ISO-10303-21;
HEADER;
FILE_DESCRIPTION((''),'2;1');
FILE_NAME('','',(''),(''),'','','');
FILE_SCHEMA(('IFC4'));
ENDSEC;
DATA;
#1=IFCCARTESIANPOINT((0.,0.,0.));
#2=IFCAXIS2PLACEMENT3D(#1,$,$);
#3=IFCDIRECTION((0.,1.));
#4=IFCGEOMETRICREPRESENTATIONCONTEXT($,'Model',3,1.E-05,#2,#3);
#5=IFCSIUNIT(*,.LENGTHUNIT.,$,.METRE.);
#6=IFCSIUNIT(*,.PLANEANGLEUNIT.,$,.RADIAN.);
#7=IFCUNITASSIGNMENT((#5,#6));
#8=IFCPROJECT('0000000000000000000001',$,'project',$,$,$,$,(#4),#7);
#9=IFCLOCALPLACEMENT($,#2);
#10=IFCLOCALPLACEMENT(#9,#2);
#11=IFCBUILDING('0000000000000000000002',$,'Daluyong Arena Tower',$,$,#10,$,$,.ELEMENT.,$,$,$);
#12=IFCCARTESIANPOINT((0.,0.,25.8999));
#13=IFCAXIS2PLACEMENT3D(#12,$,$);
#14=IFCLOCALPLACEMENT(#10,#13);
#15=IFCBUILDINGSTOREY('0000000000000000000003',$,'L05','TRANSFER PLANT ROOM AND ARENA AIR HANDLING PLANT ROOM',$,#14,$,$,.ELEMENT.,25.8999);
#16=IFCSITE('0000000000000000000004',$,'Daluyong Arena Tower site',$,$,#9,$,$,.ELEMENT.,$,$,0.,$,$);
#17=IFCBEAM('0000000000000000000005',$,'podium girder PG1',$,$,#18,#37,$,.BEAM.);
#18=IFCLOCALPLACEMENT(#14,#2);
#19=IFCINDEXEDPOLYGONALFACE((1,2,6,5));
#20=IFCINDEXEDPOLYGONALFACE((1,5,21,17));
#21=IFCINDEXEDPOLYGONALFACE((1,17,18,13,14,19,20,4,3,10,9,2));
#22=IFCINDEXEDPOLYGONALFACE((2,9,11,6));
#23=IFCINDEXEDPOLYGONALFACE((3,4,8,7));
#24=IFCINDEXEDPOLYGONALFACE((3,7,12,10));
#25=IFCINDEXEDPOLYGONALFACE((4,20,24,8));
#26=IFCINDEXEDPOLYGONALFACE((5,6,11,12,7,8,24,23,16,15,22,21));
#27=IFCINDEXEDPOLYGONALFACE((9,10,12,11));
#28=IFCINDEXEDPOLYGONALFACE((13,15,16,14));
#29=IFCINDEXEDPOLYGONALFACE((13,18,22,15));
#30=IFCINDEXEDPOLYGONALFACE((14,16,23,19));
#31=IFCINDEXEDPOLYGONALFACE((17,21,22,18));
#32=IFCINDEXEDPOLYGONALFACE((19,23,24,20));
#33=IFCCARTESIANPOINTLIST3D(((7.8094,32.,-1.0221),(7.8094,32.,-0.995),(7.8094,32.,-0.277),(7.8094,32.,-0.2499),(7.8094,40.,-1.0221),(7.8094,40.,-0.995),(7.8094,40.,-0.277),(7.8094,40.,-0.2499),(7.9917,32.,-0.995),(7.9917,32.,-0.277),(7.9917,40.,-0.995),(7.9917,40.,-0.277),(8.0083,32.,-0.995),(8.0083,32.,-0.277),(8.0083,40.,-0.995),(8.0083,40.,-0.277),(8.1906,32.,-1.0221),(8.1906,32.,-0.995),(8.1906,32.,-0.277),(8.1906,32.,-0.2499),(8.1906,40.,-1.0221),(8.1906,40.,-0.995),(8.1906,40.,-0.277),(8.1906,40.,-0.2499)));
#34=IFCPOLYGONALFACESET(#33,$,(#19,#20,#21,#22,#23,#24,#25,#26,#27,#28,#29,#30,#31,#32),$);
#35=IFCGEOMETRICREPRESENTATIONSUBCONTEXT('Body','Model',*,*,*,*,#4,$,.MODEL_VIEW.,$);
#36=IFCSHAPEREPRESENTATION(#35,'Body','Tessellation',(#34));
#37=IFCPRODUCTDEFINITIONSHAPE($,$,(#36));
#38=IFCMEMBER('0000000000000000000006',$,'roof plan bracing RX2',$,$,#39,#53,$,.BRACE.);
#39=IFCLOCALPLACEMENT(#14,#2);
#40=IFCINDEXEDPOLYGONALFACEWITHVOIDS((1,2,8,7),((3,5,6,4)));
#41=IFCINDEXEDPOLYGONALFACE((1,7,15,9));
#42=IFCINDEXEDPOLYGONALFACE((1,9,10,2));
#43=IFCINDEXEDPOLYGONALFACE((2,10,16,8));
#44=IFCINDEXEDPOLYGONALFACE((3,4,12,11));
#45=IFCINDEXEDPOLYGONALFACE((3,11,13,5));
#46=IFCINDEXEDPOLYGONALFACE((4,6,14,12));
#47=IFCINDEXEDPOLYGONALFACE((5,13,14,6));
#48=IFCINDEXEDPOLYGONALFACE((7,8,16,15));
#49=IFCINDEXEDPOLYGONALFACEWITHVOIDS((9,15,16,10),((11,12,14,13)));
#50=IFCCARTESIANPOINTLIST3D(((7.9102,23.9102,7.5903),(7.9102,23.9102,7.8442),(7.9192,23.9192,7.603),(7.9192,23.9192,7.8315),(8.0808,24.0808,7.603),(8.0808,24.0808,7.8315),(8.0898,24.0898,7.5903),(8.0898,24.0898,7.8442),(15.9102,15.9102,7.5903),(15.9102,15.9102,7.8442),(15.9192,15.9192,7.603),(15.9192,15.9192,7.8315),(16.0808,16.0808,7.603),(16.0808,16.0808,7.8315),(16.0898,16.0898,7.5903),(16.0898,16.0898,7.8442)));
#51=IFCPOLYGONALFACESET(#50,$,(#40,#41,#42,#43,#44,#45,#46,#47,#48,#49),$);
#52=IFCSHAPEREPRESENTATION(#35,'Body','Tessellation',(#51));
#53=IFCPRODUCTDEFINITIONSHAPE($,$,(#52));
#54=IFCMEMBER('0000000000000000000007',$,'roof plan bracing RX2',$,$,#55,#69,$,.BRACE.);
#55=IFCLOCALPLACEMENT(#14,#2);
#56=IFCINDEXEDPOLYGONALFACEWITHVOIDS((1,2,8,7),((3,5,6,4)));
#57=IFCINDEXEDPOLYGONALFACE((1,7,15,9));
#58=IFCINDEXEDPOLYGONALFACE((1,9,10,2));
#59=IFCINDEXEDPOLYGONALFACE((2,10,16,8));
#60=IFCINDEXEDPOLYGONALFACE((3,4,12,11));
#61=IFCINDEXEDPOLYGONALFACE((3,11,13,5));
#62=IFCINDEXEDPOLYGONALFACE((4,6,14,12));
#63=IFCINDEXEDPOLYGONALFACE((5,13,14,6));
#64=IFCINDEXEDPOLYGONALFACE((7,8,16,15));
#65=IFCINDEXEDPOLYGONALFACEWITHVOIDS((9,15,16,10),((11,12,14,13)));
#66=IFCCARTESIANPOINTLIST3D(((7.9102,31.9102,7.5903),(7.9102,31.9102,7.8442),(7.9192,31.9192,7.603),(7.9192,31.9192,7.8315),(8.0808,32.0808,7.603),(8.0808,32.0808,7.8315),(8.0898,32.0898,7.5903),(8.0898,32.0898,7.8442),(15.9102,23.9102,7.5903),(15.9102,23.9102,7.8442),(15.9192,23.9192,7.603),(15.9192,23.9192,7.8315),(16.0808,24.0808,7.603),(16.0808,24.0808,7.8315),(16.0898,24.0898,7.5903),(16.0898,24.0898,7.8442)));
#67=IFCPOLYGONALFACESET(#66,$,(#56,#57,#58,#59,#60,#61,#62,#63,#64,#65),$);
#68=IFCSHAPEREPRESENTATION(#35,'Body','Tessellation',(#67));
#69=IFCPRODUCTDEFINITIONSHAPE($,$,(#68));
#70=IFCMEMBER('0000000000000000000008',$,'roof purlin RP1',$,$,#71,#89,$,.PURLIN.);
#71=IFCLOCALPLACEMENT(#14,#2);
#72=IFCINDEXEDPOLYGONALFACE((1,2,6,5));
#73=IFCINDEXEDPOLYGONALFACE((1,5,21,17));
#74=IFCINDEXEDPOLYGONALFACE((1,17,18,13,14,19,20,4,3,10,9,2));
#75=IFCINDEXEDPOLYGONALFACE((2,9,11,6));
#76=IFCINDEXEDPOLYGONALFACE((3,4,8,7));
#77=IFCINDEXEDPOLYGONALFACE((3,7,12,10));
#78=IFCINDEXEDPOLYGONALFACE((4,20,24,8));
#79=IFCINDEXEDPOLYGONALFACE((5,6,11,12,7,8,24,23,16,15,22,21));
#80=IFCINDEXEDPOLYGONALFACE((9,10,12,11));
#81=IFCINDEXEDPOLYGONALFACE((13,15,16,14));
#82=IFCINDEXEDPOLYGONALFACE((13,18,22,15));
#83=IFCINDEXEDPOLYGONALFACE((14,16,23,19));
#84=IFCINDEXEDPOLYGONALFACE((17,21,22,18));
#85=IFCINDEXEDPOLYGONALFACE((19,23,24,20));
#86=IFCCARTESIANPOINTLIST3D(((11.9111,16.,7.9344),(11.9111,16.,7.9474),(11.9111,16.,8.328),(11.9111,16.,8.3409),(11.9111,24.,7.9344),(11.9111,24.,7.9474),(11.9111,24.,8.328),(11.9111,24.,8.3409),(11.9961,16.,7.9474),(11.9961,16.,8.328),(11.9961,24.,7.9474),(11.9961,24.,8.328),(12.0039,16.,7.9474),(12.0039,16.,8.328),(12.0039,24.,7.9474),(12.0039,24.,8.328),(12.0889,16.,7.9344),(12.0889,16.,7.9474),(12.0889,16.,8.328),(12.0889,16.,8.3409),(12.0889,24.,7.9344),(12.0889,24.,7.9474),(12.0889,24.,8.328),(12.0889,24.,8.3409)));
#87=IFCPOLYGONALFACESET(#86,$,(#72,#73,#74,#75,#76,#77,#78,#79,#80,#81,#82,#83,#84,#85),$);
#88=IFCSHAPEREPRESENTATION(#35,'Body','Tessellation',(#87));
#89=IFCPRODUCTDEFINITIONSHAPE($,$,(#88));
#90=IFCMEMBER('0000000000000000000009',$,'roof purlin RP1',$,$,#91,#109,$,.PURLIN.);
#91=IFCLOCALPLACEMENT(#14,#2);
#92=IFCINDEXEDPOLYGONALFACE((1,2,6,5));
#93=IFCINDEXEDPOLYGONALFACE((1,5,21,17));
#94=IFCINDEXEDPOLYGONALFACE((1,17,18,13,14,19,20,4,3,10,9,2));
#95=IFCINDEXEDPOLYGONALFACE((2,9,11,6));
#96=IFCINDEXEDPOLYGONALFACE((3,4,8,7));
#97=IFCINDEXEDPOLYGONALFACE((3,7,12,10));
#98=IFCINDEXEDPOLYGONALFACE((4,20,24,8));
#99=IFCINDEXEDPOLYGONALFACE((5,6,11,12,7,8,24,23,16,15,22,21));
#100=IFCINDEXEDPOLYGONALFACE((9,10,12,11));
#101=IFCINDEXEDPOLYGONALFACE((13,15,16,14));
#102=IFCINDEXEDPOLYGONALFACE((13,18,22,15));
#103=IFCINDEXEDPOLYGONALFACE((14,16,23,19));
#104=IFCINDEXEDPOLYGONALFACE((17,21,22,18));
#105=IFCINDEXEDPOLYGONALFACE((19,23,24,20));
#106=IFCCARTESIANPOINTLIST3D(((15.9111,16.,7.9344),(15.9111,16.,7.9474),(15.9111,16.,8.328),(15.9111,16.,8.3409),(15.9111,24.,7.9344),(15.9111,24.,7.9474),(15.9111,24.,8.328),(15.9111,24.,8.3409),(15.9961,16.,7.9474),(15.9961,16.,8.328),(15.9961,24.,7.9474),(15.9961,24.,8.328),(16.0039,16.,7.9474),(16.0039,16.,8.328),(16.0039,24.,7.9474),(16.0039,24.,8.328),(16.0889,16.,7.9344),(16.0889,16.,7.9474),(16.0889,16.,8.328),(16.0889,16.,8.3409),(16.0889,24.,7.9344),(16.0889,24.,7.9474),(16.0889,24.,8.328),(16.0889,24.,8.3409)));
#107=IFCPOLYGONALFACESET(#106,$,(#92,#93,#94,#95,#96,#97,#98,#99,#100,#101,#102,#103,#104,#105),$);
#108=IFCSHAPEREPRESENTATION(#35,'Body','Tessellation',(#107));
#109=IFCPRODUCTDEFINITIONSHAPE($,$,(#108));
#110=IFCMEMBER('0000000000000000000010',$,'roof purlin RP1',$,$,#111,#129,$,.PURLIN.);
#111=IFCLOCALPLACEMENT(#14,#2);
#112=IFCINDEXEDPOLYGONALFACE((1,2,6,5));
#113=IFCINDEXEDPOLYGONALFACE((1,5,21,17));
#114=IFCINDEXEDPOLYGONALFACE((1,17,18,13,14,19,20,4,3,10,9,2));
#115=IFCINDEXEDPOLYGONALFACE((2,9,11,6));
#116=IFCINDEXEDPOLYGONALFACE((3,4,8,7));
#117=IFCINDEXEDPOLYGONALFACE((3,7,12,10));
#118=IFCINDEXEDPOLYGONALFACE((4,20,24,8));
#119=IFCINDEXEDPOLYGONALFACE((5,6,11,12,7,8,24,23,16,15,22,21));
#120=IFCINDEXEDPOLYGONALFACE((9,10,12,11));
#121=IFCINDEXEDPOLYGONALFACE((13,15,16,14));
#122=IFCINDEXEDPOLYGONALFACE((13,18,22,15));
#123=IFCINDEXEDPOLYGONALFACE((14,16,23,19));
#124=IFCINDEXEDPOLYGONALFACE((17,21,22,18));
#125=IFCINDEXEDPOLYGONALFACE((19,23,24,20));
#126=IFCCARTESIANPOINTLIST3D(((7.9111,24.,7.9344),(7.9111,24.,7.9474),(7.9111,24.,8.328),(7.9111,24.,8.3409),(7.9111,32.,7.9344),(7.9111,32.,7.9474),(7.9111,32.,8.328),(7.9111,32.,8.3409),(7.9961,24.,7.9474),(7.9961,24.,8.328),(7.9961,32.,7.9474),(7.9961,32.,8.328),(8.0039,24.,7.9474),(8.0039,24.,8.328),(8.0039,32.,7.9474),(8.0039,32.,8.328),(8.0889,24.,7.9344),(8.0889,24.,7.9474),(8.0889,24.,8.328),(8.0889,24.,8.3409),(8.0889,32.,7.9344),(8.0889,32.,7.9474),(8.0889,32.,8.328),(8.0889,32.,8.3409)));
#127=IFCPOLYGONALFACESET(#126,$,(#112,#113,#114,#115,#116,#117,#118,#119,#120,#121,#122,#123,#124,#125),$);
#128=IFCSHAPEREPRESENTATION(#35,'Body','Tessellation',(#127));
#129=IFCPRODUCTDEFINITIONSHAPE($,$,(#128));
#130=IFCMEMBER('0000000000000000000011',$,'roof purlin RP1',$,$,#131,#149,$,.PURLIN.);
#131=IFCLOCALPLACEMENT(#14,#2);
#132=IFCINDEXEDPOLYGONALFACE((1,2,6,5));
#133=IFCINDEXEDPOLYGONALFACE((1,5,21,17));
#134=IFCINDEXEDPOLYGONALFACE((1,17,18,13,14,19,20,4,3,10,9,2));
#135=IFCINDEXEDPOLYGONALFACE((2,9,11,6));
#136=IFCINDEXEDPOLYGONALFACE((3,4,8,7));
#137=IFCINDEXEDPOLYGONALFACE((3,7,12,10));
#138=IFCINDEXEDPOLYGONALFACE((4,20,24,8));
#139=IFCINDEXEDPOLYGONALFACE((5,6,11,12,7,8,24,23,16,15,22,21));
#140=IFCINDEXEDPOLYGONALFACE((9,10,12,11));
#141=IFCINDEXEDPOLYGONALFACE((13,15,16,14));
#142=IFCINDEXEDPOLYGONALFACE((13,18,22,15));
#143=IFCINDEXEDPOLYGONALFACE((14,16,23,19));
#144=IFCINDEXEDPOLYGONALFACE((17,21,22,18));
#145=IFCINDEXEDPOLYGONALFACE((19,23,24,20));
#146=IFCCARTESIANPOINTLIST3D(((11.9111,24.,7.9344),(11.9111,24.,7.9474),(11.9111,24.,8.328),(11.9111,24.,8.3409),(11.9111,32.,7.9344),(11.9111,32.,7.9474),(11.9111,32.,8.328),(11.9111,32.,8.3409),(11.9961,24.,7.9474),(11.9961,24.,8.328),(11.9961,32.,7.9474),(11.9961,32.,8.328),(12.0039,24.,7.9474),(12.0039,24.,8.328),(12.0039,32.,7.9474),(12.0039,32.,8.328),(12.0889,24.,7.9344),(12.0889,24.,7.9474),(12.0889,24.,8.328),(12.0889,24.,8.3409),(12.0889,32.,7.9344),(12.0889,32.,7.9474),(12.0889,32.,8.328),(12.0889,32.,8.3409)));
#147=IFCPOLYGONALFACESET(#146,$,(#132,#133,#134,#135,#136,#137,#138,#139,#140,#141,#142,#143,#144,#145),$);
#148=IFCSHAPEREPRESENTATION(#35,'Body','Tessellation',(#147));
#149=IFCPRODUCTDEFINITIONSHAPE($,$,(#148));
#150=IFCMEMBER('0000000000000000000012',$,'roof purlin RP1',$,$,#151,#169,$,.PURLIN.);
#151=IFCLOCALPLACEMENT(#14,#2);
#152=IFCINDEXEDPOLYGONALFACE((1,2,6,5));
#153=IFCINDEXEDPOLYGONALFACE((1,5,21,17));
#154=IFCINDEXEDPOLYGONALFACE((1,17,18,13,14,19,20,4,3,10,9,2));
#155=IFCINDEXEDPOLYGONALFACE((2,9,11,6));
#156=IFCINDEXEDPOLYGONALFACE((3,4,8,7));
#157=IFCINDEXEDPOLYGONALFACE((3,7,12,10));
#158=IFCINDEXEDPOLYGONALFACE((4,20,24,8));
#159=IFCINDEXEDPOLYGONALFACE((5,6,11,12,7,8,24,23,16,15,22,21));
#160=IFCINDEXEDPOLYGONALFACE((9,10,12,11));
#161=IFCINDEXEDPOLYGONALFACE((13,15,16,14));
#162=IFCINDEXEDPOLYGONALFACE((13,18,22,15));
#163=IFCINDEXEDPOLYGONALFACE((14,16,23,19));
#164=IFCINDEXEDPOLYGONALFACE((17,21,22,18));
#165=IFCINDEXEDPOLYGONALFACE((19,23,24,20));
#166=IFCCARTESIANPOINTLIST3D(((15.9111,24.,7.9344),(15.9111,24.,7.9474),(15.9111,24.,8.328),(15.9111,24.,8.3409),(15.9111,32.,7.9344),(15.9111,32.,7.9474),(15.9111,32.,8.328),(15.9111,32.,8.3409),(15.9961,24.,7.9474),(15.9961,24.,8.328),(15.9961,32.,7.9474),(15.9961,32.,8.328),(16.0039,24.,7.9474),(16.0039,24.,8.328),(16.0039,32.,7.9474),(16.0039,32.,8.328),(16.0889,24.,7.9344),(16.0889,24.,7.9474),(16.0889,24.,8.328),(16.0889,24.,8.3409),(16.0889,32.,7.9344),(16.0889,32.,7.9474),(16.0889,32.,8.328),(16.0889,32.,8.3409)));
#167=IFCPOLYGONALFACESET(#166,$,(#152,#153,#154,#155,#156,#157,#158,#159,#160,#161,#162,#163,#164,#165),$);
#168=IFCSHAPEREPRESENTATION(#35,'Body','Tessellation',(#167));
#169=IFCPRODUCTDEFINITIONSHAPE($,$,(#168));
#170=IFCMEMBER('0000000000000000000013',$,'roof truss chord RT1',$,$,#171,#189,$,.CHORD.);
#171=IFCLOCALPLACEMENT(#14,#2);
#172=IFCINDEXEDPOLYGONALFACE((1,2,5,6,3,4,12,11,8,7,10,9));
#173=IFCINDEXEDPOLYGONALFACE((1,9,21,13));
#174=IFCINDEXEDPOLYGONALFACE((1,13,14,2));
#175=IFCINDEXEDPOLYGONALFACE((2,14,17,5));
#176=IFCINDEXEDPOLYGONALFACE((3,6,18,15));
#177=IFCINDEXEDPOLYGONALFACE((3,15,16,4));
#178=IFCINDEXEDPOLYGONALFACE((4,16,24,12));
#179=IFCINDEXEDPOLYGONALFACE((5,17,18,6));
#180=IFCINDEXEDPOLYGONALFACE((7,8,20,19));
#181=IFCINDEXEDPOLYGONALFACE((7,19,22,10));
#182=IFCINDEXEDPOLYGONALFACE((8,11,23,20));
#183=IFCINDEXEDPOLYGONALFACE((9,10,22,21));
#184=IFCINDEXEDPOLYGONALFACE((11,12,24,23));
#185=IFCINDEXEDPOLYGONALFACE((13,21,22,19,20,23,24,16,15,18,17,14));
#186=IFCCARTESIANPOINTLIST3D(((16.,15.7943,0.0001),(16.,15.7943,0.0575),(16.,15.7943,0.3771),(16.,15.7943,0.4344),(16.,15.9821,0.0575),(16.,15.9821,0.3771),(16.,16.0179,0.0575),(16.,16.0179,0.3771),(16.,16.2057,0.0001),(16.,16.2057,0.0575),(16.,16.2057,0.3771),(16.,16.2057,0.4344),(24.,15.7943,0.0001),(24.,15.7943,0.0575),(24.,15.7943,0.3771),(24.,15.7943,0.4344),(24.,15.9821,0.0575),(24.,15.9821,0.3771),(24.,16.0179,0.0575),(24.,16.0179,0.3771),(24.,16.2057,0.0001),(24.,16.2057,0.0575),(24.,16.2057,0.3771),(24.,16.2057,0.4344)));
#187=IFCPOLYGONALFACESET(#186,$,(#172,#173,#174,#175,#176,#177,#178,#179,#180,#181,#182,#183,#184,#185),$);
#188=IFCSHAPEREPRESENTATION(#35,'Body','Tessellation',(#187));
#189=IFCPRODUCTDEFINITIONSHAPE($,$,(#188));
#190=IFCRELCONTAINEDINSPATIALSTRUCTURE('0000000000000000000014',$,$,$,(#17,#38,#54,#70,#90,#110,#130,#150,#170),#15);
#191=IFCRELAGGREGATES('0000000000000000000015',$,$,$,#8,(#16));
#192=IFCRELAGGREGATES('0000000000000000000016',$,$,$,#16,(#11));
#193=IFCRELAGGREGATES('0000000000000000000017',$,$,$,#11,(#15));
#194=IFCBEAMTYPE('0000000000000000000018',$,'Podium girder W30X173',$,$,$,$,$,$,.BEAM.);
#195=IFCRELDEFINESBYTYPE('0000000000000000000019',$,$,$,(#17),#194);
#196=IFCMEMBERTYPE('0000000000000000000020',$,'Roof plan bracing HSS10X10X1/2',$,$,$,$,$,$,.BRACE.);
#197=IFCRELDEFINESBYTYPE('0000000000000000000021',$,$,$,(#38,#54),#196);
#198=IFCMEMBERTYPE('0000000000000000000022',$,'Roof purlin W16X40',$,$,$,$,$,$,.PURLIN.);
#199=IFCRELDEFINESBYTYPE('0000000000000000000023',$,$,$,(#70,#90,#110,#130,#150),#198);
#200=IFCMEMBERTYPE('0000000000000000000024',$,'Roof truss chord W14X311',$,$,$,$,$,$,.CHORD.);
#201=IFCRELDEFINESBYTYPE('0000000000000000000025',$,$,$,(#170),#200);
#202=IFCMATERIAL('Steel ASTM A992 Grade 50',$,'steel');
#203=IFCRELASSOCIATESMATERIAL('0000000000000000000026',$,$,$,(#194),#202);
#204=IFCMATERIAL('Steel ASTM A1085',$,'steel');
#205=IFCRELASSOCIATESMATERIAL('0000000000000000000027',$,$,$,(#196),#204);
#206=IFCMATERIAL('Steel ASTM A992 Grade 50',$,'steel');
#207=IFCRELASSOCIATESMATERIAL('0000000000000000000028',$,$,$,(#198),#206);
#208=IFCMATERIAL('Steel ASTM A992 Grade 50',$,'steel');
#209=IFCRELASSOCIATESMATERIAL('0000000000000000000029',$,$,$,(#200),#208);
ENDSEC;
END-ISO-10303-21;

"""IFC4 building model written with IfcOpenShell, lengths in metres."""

from ifc_helpers import new_model, si_unit, direction, frame, origin, origin_2d, place, context, subcontext, project, spatial, hollow_rectangle, i_section, extrude, material, material_profile, profile_set, type_object, element, save


model = new_model("IFC4")

# Units and contexts
model_context = context("Model", 3, precision=1e-05, world=origin(), true_north=direction((0.0, 1.0)))
body_context = subcontext(model_context, "Body", "Model", "MODEL_VIEW")
ifc_project = project(units=[si_unit("LENGTHUNIT", "METRE"), si_unit("PLANEANGLEUNIT", "RADIAN")], contexts=[model_context])

# Site, building, storey
site_placement = place(None, origin())
site = spatial("IfcSite", under=ifc_project, at=site_placement, Name="Daluyong Arena Tower site", CompositionType="ELEMENT", RefElevation=0.0)
building_placement = place(site_placement, origin())
building = spatial("IfcBuilding", under=site, at=building_placement, Name="Daluyong Arena Tower", CompositionType="ELEMENT")
storey_placement = place(building_placement, frame((0.0, 0.0, 25.8999)))
storey = spatial("IfcBuildingStorey", under=building, at=storey_placement, Name="L05", Description="TRANSFER PLANT ROOM AND ARENA AIR HANDLING PLANT ROOM", CompositionType="ELEMENT", Elevation=25.8999)

# Beam
ifc_material_1 = material(Name="Steel ASTM A992 Grade 50", Category="steel")
ifc_material_profile_1 = material_profile(ifc_material_1, i_section(OverallWidth=0.3811, OverallDepth=0.7722, WebThickness=0.0166, FlangeThickness=0.0271, at=origin_2d()))
ifc_profile_set_1 = profile_set([ifc_material_profile_1], Name="Steel ASTM A992 Grade 50")
beam_type = type_object("IfcBeamType", Name="Podium girder W30X173", PredefinedType="BEAM", material=ifc_profile_set_1)
beam_placement = place(storey_placement, frame((8.0, 32.0, -0.636), z_axis=(0.0, 1.0, 0.0), x_axis=(-1.0, 0.0, 0.0)))
element("IfcBeam", 1, at=beam_placement, inside=storey, type_object=beam_type, Name="podium girder PG1", PredefinedType="BEAM", context=body_context, shape_type="SweptSolid", body=[
    extrude(i_section(OverallWidth=0.3811, OverallDepth=0.7722, WebThickness=0.0166, FlangeThickness=0.0271, at=origin_2d()), origin(), (0.0, 0.0, 1.0), 8.0),
])

# Members
ifc_material_2 = material(Name="Steel ASTM A1085", Category="steel")
ifc_material_profile_2 = material_profile(ifc_material_2, hollow_rectangle(XDim=0.2539, YDim=0.2539, WallThickness=0.0127, at=origin_2d()))
ifc_profile_set_2 = profile_set([ifc_material_profile_2], Name="Steel ASTM A1085")
member_type_1 = type_object("IfcMemberType", Name="Roof plan bracing HSS10X10X1/2", PredefinedType="BRACE", material=ifc_profile_set_2)
for number, where, z_axis, x_axis, name in (
    (2, (16.0, 16.0, 7.7173), (-0.707107, 0.707107, 0.0), (-0.707107, -0.707107, 0.0), "roof plan bracing RX2"),
    (3, (16.0, 24.0, 7.7173), (-0.707107, 0.707107, 0.0), (-0.707107, -0.707107, 0.0), "roof plan bracing RX2"),
):
    element("IfcMember", number, at=place(storey_placement, frame(where, z_axis=z_axis, x_axis=x_axis)), inside=storey, type_object=member_type_1, Name=name, PredefinedType="BRACE", context=body_context, shape_type="SweptSolid", body=[
        extrude(hollow_rectangle(XDim=0.2539, YDim=0.2539, WallThickness=0.0127, at=origin_2d()), origin(), (0.0, 0.0, 1.0), 11.3137),
    ])
ifc_material_3 = material(Name="Steel ASTM A992 Grade 50", Category="steel")
ifc_material_profile_3 = material_profile(ifc_material_3, i_section(OverallWidth=0.1777, OverallDepth=0.4065, WebThickness=0.0078, FlangeThickness=0.0129, at=origin_2d()))
ifc_profile_set_3 = profile_set([ifc_material_profile_3], Name="Steel ASTM A992 Grade 50")
member_type_2 = type_object("IfcMemberType", Name="Roof purlin W16X40", PredefinedType="PURLIN", material=ifc_profile_set_3)
for number, where, z_axis, x_axis, name in (
    (4, (12.0, 16.0, 8.1377), (0.0, 1.0, 0.0), (-1.0, 0.0, 0.0), "roof purlin RP1"),
    (5, (16.0, 16.0, 8.1377), (0.0, 1.0, 0.0), (-1.0, 0.0, 0.0), "roof purlin RP1"),
    (6, (8.0, 24.0, 8.1377), (0.0, 1.0, 0.0), (-1.0, 0.0, 0.0), "roof purlin RP1"),
    (7, (12.0, 24.0, 8.1377), (0.0, 1.0, 0.0), (-1.0, 0.0, 0.0), "roof purlin RP1"),
    (8, (16.0, 24.0, 8.1377), (0.0, 1.0, 0.0), (-1.0, 0.0, 0.0), "roof purlin RP1"),
):
    element("IfcMember", number, at=place(storey_placement, frame(where, z_axis=z_axis, x_axis=x_axis)), inside=storey, type_object=member_type_2, Name=name, PredefinedType="PURLIN", context=body_context, shape_type="SweptSolid", body=[
        extrude(i_section(OverallWidth=0.1777, OverallDepth=0.4065, WebThickness=0.0078, FlangeThickness=0.0129, at=origin_2d()), origin(), (0.0, 0.0, 1.0), 8.0),
    ])
ifc_material_4 = material(Name="Steel ASTM A992 Grade 50", Category="steel")
ifc_material_profile_4 = material_profile(ifc_material_4, i_section(OverallWidth=0.4114, OverallDepth=0.4343, WebThickness=0.0359, FlangeThickness=0.0574, at=origin_2d()))
ifc_profile_set_4 = profile_set([ifc_material_profile_4], Name="Steel ASTM A992 Grade 50")
member_type_3 = type_object("IfcMemberType", Name="Roof truss chord W14X311", PredefinedType="CHORD", material=ifc_profile_set_4)
for number, where, z_axis, x_axis, name in (
    (9, (16.0, 16.0, 0.2173), (1.0, 0.0, 0.0), (0.0, 1.0, 0.0), "roof truss chord RT1"),
):
    element("IfcMember", number, at=place(storey_placement, frame(where, z_axis=z_axis, x_axis=x_axis)), inside=storey, type_object=member_type_3, Name=name, PredefinedType="CHORD", context=body_context, shape_type="SweptSolid", body=[
        extrude(i_section(OverallWidth=0.4114, OverallDepth=0.4343, WebThickness=0.0359, FlangeThickness=0.0574, at=origin_2d()), origin(), (0.0, 0.0, 1.0), 8.0),
    ])

save(model, "model.ifc")
